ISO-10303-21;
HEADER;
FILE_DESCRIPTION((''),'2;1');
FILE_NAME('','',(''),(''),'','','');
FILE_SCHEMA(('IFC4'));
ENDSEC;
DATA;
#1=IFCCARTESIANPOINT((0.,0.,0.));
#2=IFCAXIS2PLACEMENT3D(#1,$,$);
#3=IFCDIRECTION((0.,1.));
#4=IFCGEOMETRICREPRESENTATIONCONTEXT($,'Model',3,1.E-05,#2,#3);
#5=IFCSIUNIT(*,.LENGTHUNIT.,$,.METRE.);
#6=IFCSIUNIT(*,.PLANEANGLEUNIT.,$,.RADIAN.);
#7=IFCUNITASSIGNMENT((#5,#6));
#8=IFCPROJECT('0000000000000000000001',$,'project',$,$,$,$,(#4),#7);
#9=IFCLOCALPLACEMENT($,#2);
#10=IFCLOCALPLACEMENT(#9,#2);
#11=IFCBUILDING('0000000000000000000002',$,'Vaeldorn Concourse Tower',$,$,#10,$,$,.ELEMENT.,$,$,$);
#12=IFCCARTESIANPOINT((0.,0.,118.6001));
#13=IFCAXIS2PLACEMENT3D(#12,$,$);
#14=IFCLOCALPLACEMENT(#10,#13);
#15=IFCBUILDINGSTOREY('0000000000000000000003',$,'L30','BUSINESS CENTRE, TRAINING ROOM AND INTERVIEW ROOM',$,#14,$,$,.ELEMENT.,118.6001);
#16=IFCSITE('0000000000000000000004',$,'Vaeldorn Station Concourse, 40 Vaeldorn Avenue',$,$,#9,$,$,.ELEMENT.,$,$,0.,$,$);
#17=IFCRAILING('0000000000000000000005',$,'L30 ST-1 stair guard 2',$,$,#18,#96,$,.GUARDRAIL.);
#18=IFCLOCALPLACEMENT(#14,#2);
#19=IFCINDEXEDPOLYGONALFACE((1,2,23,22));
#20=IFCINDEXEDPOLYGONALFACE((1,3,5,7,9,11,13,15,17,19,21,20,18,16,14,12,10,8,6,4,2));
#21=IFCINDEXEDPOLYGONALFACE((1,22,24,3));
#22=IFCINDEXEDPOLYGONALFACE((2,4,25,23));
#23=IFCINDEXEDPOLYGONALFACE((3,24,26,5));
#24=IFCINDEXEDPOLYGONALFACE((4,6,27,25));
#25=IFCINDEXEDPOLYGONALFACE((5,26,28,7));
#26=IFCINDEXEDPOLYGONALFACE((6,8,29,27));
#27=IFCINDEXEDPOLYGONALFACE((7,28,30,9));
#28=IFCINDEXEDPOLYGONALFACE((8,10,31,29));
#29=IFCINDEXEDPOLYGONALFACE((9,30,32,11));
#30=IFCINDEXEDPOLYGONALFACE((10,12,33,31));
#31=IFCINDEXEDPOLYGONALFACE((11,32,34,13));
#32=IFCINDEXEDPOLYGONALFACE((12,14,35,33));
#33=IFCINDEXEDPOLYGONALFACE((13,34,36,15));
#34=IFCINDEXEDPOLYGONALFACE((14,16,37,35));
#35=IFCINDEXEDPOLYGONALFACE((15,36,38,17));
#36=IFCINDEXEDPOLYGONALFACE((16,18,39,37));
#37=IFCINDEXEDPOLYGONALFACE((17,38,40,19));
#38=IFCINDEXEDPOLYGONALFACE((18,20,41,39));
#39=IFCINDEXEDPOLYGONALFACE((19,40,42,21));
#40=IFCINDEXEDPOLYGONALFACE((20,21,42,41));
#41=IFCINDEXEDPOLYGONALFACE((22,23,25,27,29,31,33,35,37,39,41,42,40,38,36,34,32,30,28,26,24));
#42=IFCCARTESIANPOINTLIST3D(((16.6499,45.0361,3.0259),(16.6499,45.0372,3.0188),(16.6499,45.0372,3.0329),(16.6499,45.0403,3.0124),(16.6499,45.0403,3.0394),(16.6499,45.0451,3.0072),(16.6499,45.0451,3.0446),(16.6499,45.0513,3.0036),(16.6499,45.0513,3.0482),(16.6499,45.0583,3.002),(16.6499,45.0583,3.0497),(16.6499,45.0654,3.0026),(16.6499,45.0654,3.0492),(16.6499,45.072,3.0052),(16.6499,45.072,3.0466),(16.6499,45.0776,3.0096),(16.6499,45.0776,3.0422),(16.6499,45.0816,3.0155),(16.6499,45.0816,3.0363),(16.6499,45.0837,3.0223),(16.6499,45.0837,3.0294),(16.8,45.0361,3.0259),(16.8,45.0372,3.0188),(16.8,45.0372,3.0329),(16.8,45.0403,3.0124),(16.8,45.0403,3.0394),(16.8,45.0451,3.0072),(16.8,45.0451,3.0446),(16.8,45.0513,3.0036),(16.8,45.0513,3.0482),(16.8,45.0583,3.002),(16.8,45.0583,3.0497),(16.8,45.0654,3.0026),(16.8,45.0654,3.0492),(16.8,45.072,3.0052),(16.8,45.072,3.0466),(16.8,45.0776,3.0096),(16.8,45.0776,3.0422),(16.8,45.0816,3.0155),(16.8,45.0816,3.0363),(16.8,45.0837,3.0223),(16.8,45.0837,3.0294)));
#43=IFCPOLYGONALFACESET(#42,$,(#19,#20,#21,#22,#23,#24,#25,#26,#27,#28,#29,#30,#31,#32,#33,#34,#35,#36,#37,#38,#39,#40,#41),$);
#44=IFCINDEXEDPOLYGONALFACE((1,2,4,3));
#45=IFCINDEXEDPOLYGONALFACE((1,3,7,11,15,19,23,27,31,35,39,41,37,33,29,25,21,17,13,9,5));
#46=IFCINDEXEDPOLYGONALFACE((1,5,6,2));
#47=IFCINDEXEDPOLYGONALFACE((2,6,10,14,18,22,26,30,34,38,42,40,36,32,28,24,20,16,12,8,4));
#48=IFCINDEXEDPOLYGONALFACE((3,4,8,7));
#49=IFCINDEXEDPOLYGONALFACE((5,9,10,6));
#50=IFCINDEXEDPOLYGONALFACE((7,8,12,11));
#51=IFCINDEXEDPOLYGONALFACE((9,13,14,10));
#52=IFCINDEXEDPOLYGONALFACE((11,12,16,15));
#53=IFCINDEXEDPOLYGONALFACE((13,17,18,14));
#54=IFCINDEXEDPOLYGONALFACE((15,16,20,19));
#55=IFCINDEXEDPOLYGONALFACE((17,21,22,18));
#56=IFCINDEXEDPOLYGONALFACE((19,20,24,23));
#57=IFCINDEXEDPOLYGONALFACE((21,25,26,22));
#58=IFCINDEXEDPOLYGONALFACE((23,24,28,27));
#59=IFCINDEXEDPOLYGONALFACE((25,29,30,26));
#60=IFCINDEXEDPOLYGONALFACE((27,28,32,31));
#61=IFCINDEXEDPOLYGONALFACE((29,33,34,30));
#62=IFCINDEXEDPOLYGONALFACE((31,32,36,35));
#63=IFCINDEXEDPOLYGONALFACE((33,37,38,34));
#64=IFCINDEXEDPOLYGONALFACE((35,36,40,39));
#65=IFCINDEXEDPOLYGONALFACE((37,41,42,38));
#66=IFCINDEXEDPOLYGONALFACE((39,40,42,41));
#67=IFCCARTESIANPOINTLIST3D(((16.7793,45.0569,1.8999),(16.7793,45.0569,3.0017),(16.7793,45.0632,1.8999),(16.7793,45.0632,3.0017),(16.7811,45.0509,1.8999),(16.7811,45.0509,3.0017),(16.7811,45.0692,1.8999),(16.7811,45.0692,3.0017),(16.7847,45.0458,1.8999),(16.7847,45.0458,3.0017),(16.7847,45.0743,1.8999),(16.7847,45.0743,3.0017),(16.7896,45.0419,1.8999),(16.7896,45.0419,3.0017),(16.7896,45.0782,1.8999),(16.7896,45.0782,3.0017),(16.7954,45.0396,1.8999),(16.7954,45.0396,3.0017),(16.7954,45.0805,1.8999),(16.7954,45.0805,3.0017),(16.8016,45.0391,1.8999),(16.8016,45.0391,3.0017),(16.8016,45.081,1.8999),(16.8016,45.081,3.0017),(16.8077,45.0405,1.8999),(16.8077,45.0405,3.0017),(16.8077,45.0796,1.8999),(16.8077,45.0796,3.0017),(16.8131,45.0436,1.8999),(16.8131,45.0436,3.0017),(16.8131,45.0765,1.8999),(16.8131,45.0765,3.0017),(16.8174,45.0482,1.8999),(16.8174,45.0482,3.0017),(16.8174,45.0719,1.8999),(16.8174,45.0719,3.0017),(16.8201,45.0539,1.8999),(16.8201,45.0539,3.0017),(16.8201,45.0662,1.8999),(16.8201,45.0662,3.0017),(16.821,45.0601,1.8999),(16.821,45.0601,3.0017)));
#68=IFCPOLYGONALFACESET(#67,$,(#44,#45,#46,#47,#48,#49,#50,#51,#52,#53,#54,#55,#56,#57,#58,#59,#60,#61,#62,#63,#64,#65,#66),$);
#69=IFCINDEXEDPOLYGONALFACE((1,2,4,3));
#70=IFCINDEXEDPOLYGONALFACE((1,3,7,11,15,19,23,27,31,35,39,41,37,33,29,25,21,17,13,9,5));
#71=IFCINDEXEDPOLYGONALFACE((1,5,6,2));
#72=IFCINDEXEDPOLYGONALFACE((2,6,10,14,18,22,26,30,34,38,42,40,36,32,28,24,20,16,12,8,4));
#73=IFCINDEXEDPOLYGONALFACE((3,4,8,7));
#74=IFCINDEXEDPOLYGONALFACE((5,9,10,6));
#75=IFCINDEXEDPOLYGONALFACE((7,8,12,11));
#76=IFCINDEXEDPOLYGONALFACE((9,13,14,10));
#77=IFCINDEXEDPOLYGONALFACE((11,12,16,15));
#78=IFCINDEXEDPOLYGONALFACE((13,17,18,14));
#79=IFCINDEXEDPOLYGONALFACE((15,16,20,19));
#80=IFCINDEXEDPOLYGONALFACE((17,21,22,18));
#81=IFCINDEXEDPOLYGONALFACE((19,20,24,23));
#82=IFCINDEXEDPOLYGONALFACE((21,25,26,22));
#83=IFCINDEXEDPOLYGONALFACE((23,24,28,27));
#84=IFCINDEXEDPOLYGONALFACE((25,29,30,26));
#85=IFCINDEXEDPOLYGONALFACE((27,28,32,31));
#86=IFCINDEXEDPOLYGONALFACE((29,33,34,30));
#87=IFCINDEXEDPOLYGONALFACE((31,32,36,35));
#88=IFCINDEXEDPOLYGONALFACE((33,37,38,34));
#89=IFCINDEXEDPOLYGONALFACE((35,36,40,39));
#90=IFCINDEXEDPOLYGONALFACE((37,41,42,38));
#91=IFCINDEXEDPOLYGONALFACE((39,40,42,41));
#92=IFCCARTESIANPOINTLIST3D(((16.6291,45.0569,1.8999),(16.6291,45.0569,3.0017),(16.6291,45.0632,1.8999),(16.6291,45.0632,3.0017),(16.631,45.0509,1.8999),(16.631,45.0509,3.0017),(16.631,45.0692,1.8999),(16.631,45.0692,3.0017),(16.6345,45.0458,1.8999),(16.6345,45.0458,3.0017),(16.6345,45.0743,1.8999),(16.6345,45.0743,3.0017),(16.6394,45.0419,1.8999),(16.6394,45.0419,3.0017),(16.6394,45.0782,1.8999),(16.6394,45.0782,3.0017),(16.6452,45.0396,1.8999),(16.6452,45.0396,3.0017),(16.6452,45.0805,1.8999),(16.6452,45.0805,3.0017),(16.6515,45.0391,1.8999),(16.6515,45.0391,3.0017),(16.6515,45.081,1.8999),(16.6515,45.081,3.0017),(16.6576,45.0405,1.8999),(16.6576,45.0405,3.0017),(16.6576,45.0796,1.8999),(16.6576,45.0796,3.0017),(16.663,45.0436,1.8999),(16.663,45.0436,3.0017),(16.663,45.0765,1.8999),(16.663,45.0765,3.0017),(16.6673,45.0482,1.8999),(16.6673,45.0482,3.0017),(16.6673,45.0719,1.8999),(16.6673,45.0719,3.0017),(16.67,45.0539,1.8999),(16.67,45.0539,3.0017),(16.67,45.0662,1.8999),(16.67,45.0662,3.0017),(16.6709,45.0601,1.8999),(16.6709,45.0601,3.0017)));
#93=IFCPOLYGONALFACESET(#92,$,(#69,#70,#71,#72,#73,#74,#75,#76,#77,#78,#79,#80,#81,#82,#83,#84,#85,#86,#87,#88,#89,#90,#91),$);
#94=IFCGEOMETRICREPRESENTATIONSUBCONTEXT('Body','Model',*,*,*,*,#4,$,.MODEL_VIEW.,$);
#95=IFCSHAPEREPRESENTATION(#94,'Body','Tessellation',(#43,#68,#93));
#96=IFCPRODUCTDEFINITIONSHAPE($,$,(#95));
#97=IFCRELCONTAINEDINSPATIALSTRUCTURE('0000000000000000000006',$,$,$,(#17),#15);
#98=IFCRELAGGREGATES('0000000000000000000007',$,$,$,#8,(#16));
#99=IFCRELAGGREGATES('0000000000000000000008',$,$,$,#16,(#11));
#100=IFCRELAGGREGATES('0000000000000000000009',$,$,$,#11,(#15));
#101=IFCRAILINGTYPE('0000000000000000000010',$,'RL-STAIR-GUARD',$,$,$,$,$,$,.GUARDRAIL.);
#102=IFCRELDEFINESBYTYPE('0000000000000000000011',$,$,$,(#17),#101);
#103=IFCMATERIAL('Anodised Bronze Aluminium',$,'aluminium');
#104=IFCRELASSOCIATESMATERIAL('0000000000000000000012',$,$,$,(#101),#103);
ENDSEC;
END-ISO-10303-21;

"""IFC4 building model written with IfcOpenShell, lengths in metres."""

from ifc_helpers import new_model, si_unit, direction, frame, origin, origin_2d, place, context, subcontext, project, spatial, circle, extrude, material, type_object, element, save


model = new_model("IFC4")

# Units and contexts
model_context = context("Model", 3, precision=1e-05, world=origin(), true_north=direction((0.0, 1.0)))
body_context = subcontext(model_context, "Body", "Model", "MODEL_VIEW")
ifc_project = project(units=[si_unit("LENGTHUNIT", "METRE"), si_unit("PLANEANGLEUNIT", "RADIAN")], contexts=[model_context])

# Site, building, storey
site_placement = place(None, origin())
site = spatial("IfcSite", under=ifc_project, at=site_placement, Name="Vaeldorn Station Concourse, 40 Vaeldorn Avenue", CompositionType="ELEMENT", RefElevation=0.0)
building_placement = place(site_placement, origin())
building = spatial("IfcBuilding", under=site, at=building_placement, Name="Vaeldorn Concourse Tower", CompositionType="ELEMENT")
storey_placement = place(building_placement, frame((0.0, 0.0, 118.6001)))
storey = spatial("IfcBuildingStorey", under=building, at=storey_placement, Name="L30", Description="BUSINESS CENTRE, TRAINING ROOM AND INTERVIEW ROOM", CompositionType="ELEMENT", Elevation=118.6001)

# Shared definitions
ifc_material_1 = material(Name="Anodised Bronze Aluminium", Category="aluminium")

# Railing
railing_type_1 = type_object("IfcRailingType", Name="RL-STAIR-GUARD", PredefinedType="GUARDRAIL", material=ifc_material_1)
railing_1_placement = place(storey_placement, frame((16.8, 45.0601, 1.8999)))
element("IfcRailing", 1, at=railing_1_placement, inside=storey, type_object=railing_type_1, Name="L30 ST-1 stair guard 2", PredefinedType="GUARDRAIL", context=body_context, shape_type="SweptSolid", body=[
    extrude(circle(Radius=0.0239, at=origin_2d()), frame((0.0, 0.0, 1.126), z_axis=(-1.0, 0.0, 0.0), x_axis=(0.0, -1.0, 0.0)), (0.0, 0.0, 1.0), 0.1501),
    extrude(circle(Radius=0.021, at=origin_2d()), origin(), (0.0, 0.0, 1.0), 1.1018),
    extrude(circle(Radius=0.021, at=origin_2d()), frame((-0.1501, 0.0, 0.0)), (0.0, 0.0, 1.0), 1.1018),
])

save(model, "model.ifc")
